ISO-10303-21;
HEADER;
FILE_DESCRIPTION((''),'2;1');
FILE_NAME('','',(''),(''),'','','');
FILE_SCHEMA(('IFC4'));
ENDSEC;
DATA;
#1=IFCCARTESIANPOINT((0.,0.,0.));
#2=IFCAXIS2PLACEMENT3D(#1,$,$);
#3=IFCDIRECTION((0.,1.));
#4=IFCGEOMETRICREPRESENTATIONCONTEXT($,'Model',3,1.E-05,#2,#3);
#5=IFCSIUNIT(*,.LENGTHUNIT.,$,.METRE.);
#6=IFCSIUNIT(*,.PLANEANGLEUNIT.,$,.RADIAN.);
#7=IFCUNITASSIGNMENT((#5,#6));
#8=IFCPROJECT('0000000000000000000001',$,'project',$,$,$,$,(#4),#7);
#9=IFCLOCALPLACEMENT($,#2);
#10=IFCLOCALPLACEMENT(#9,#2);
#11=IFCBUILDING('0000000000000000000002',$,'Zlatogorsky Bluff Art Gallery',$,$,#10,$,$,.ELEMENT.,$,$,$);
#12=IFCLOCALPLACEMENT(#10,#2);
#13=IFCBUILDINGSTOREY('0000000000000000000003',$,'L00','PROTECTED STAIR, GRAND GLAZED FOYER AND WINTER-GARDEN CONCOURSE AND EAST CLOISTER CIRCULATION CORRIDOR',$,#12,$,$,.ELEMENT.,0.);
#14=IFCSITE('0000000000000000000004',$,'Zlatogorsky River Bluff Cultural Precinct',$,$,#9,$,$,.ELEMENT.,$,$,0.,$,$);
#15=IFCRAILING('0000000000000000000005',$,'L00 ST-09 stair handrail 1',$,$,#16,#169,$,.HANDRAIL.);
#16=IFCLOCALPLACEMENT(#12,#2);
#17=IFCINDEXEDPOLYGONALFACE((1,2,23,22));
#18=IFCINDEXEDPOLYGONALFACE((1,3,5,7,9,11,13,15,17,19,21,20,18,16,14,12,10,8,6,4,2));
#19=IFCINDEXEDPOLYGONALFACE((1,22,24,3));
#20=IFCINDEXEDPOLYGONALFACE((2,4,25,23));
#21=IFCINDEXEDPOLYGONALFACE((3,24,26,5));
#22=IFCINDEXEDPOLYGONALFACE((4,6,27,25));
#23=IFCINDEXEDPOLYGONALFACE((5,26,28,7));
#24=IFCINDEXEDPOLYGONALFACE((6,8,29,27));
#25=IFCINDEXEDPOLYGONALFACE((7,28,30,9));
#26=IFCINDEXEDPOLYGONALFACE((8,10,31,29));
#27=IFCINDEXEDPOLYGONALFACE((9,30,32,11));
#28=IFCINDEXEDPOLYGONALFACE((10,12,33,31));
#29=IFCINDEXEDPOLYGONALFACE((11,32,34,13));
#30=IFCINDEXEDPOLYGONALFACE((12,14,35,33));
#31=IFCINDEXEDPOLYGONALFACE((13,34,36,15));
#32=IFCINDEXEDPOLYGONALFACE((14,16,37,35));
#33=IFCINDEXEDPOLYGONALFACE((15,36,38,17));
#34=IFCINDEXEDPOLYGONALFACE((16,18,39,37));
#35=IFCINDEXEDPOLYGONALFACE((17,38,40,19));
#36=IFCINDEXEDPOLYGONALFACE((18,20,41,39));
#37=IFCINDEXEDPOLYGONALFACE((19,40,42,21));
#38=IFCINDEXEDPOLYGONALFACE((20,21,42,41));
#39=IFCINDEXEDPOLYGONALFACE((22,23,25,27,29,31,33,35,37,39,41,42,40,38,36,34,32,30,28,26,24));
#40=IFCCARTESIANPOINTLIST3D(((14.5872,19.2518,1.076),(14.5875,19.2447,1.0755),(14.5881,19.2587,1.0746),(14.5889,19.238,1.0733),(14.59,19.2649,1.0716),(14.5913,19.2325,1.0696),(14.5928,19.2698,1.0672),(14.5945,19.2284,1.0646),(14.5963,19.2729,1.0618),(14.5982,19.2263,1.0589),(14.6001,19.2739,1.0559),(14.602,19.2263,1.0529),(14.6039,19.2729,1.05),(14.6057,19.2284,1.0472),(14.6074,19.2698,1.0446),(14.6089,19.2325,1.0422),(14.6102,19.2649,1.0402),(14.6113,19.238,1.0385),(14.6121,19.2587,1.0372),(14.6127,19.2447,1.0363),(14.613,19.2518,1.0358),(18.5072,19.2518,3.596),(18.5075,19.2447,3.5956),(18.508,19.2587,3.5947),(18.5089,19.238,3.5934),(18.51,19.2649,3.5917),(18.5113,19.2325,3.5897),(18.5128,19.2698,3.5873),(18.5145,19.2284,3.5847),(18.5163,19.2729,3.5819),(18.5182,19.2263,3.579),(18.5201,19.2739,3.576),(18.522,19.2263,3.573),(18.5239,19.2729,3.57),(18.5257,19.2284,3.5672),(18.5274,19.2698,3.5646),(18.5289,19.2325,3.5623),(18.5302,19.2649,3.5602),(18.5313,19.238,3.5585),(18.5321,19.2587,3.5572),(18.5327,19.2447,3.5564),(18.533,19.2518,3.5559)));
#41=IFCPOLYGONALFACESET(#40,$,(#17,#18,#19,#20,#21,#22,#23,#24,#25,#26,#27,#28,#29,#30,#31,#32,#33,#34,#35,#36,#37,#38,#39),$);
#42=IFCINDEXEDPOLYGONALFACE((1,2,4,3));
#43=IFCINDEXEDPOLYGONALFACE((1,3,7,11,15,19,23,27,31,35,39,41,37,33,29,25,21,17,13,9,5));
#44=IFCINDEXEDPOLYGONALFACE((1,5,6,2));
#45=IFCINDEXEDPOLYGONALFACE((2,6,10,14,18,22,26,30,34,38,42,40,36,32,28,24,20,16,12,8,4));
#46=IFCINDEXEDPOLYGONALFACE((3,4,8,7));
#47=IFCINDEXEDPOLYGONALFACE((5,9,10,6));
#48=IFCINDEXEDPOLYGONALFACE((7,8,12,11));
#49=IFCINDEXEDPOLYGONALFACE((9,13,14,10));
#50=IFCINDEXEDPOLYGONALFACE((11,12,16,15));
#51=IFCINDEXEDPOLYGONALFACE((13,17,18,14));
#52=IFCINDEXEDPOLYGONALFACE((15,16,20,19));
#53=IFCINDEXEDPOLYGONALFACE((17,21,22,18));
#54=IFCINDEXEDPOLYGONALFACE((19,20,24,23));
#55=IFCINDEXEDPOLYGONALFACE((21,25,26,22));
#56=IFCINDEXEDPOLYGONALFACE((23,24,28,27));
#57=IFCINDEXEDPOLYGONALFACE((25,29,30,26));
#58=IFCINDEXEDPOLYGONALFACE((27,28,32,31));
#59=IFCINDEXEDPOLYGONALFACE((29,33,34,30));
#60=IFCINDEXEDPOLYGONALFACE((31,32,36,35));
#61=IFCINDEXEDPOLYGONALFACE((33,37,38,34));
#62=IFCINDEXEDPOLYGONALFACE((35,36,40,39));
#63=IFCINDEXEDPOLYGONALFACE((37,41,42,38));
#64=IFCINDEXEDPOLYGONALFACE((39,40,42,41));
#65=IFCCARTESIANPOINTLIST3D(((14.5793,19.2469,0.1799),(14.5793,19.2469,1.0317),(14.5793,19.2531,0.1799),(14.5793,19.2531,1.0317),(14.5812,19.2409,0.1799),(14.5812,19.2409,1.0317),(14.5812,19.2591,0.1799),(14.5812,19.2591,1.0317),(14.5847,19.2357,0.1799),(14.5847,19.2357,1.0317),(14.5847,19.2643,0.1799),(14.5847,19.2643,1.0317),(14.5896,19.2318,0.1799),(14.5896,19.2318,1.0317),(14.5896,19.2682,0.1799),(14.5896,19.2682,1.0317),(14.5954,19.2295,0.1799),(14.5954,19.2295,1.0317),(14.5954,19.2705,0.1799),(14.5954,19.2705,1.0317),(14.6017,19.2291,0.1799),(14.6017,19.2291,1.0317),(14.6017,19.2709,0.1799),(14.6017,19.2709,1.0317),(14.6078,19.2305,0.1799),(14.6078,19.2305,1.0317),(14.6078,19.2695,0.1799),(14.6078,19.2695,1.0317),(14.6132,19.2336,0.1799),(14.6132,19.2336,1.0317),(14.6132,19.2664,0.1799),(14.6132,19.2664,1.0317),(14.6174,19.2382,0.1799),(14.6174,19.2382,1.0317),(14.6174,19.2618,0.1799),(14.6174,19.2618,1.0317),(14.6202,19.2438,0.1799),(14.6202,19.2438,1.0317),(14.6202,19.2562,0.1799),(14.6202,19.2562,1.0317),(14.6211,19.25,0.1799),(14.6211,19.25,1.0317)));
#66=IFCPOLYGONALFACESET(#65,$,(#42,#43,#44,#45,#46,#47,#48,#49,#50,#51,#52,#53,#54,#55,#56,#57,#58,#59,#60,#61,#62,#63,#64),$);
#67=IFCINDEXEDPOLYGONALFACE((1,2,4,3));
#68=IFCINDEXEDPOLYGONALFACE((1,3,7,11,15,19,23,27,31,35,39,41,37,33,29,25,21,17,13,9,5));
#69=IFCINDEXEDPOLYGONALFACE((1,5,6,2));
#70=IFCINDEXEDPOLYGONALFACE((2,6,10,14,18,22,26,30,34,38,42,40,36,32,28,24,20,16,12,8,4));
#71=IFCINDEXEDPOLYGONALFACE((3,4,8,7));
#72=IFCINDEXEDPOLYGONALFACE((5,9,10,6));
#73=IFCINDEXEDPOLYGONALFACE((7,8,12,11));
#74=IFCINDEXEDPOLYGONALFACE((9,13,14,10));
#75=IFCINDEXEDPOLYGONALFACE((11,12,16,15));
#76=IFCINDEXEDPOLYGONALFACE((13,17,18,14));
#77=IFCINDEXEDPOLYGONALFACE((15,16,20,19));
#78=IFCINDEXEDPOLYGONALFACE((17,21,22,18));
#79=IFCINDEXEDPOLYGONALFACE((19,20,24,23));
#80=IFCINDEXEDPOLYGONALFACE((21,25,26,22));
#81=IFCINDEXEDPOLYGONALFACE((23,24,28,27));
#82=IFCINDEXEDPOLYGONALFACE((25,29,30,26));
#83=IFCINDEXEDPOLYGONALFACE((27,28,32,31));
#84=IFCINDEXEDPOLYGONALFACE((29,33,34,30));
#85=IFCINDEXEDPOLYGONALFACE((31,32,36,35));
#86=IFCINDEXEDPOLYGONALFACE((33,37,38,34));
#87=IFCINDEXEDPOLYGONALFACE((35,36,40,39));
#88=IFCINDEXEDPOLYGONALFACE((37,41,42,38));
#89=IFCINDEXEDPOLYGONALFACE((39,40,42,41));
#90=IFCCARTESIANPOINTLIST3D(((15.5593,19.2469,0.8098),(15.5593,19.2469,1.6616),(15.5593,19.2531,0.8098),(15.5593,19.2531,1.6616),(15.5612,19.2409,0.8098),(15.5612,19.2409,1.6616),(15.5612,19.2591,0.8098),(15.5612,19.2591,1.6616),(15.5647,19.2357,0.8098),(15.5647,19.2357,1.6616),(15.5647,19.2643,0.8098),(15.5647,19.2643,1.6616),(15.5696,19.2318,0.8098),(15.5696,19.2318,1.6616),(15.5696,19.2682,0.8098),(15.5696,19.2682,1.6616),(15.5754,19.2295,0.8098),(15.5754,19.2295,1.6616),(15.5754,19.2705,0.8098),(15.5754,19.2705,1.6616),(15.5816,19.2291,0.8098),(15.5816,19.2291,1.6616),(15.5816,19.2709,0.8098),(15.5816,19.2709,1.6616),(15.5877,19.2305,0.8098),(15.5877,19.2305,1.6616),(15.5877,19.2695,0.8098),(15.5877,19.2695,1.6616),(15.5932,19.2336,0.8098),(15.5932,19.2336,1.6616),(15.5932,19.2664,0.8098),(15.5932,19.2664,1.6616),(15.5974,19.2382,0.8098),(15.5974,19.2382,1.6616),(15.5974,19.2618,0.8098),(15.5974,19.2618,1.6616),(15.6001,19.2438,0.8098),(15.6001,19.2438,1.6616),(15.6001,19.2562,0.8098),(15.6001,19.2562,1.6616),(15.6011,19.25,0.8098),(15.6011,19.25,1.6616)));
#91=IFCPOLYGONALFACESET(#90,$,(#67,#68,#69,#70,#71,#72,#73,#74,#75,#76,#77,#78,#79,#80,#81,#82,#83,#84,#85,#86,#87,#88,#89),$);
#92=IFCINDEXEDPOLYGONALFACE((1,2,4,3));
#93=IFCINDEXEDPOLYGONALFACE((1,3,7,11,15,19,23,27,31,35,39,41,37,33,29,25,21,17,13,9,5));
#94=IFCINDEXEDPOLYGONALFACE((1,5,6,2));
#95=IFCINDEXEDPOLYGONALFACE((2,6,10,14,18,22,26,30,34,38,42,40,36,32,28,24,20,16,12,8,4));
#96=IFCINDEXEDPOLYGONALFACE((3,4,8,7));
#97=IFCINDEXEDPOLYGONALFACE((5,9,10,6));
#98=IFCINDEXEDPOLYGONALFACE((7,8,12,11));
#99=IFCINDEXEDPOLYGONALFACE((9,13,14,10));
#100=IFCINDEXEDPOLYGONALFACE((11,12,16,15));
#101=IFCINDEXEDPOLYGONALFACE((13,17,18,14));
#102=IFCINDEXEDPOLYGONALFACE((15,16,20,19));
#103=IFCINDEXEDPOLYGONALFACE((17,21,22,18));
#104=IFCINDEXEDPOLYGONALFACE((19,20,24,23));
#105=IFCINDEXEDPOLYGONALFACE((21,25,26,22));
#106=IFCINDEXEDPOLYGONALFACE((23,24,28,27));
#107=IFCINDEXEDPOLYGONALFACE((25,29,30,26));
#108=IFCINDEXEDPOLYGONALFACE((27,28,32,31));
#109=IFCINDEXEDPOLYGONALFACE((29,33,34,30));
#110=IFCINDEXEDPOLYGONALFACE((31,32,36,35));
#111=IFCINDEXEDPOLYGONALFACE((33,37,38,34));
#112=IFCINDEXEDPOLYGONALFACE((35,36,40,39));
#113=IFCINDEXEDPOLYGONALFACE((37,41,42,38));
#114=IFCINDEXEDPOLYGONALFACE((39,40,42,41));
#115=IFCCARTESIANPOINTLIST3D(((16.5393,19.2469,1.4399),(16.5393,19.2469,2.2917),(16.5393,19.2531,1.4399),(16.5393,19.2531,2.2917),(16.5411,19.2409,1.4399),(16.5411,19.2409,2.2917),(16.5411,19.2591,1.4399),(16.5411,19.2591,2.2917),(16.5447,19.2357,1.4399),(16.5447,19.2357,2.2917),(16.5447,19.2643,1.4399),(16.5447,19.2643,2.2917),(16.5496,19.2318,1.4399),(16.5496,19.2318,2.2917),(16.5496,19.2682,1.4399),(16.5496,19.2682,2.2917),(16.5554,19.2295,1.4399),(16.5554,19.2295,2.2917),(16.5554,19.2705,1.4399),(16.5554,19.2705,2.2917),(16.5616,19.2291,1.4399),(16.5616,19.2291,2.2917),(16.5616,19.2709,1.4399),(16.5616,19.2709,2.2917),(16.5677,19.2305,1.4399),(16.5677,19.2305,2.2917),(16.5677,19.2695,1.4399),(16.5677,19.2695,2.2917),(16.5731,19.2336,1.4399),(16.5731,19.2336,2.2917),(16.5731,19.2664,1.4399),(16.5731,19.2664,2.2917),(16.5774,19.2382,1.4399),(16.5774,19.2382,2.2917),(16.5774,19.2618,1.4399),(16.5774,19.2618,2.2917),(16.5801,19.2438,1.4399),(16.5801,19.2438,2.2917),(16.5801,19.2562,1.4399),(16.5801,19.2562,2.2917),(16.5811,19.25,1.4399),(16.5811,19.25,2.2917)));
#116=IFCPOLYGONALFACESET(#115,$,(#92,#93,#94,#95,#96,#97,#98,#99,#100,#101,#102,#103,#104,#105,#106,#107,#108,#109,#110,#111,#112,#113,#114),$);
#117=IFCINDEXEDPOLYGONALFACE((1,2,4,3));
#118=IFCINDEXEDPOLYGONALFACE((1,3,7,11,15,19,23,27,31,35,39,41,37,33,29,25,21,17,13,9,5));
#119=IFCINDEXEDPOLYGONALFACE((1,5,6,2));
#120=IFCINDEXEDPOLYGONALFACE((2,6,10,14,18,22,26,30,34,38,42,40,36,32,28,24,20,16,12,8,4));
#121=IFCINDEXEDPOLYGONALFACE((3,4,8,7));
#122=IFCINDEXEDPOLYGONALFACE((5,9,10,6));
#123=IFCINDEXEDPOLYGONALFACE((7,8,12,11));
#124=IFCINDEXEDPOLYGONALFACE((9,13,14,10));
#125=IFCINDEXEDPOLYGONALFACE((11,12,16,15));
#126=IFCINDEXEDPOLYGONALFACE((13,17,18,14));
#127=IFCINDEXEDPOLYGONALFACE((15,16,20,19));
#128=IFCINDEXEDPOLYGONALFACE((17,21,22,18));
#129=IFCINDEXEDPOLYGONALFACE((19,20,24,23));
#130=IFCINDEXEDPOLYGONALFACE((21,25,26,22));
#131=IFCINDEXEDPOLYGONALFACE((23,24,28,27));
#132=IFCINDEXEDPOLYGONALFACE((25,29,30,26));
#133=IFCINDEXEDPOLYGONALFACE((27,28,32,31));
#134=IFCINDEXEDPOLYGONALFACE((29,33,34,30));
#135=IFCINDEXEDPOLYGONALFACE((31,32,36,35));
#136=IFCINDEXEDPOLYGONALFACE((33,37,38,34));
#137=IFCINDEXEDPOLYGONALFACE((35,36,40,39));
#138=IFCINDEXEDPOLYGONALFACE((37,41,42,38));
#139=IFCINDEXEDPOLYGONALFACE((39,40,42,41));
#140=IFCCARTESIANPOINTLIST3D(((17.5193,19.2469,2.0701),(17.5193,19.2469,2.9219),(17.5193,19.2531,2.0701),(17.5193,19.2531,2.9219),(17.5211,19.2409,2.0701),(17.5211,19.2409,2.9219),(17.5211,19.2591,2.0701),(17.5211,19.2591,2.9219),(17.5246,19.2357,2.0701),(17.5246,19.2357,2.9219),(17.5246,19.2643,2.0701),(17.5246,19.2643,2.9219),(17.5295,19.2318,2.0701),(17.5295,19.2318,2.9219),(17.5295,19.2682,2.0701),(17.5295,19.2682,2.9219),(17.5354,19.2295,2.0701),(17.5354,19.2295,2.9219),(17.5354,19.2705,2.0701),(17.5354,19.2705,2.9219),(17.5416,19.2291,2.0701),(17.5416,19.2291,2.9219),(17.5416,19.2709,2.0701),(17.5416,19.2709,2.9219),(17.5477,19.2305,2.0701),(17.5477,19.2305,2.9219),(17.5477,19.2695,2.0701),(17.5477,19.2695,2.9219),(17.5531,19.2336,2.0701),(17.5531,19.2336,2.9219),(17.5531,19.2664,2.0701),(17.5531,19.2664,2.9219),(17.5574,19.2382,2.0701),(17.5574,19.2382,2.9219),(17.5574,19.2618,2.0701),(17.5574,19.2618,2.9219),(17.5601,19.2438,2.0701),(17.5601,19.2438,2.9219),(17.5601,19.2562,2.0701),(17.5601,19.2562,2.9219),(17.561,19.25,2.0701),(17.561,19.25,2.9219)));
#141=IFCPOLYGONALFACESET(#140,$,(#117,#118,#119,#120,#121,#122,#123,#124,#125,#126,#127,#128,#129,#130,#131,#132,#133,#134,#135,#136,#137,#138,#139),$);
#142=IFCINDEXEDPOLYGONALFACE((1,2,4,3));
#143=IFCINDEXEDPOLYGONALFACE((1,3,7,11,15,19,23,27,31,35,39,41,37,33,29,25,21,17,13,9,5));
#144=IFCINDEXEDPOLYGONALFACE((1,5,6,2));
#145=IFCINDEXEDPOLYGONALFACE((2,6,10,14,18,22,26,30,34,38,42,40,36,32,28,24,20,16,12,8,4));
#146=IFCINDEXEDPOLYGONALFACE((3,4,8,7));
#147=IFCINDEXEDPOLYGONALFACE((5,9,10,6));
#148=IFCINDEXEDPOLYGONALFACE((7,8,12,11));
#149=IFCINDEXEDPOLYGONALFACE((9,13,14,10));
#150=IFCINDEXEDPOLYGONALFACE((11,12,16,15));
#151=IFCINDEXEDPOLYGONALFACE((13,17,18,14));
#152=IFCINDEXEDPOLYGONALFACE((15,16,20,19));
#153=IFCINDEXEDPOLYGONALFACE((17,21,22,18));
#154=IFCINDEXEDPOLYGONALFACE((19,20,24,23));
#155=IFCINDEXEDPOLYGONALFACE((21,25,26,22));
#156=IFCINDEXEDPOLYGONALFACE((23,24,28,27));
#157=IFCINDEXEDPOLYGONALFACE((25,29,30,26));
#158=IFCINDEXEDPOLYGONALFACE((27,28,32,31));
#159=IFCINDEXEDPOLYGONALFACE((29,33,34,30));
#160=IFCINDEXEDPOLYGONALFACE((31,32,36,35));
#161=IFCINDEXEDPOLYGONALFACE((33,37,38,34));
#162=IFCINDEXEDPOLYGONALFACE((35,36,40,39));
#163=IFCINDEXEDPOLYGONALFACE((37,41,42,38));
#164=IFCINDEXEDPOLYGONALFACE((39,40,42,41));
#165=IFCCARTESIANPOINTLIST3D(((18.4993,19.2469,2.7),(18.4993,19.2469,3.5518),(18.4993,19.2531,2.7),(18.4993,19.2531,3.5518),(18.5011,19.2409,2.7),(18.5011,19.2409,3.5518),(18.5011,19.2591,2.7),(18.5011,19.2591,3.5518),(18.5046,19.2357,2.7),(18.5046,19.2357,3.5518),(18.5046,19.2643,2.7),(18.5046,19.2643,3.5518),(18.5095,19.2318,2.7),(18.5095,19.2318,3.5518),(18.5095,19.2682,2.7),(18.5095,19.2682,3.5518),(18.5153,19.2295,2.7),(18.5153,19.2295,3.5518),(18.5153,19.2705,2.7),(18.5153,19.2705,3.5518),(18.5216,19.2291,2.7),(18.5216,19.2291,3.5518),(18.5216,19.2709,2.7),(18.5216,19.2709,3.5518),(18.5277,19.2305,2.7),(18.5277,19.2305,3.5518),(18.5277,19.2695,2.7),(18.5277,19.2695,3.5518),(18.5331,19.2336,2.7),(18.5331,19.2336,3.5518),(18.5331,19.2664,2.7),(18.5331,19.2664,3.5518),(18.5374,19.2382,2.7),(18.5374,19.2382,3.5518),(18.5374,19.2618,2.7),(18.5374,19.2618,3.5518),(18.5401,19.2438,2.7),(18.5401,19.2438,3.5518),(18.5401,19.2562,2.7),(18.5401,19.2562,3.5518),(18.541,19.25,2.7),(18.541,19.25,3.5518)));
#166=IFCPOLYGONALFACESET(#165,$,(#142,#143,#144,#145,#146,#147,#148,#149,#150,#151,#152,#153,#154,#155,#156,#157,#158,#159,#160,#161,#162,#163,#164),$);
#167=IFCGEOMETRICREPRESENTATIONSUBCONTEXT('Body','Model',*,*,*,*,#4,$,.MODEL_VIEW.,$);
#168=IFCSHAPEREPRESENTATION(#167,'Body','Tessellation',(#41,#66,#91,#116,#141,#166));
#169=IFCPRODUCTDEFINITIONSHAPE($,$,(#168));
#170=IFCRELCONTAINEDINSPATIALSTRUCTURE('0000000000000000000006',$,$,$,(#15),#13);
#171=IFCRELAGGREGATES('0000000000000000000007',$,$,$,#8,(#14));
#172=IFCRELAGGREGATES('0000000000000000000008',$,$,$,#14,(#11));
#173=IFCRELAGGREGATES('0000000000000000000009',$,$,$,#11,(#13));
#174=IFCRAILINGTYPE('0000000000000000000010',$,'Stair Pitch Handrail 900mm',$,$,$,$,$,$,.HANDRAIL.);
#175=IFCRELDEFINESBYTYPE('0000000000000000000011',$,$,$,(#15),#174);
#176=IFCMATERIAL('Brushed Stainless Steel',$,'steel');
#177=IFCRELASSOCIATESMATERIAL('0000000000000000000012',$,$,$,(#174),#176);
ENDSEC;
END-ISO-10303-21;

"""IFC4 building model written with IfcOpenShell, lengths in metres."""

from ifc_helpers import new_model, si_unit, direction, frame, origin, origin_2d, place, context, subcontext, project, spatial, circle, extrude, material, type_object, element, save


model = new_model("IFC4")

# Units and contexts
model_context = context("Model", 3, precision=1e-05, world=origin(), true_north=direction((0.0, 1.0)))
body_context = subcontext(model_context, "Body", "Model", "MODEL_VIEW")
ifc_project = project(units=[si_unit("LENGTHUNIT", "METRE"), si_unit("PLANEANGLEUNIT", "RADIAN")], contexts=[model_context])

# Site, building, storey
site_placement = place(None, origin())
site = spatial("IfcSite", under=ifc_project, at=site_placement, Name="Zlatogorsky River Bluff Cultural Precinct", CompositionType="ELEMENT", RefElevation=0.0)
building_placement = place(site_placement, origin())
building = spatial("IfcBuilding", under=site, at=building_placement, Name="Zlatogorsky Bluff Art Gallery", CompositionType="ELEMENT")
storey_placement = place(building_placement, origin())
storey = spatial("IfcBuildingStorey", under=building, at=storey_placement, Name="L00", Description="PROTECTED STAIR, GRAND GLAZED FOYER AND WINTER-GARDEN CONCOURSE AND EAST CLOISTER CIRCULATION CORRIDOR", CompositionType="ELEMENT", Elevation=0.0)

# Railing
ifc_material_1 = material(Name="Brushed Stainless Steel", Category="steel")
railing_type_1 = type_object("IfcRailingType", Name="Stair Pitch Handrail 900mm", PredefinedType="HANDRAIL", material=ifc_material_1)
railing_1_placement = place(storey_placement, frame((14.6001, 19.25, 0.1799)))
element("IfcRailing", 1, at=railing_1_placement, inside=storey, type_object=railing_type_1, Name="L00 ST-09 stair handrail 1", PredefinedType="HANDRAIL", context=body_context, shape_type="SweptSolid", body=[
    extrude(circle(Radius=0.0239, at=origin_2d()), frame((0.0, 0.0, 0.876), z_axis=(0.841172, 0.0, 0.540768), x_axis=(0.0, 1.0, 0.0)), (0.0, 0.0, 1.0), 4.6602),
    extrude(circle(Radius=0.021, at=origin_2d()), origin(), (0.0, 0.0, 1.0), 0.8518),
    extrude(circle(Radius=0.021, at=origin_2d()), frame((0.98, 0.0, 0.6299)), (0.0, 0.0, 1.0), 0.8518),
    extrude(circle(Radius=0.021, at=origin_2d()), frame((1.96, 0.0, 1.26)), (0.0, 0.0, 1.0), 0.8518),
    extrude(circle(Radius=0.021, at=origin_2d()), frame((2.9399, 0.0, 1.8901)), (0.0, 0.0, 1.0), 0.8518),
    extrude(circle(Radius=0.021, at=origin_2d()), frame((3.9199, 0.0, 2.52)), (0.0, 0.0, 1.0), 0.8518),
])

save(model, "model.ifc")
